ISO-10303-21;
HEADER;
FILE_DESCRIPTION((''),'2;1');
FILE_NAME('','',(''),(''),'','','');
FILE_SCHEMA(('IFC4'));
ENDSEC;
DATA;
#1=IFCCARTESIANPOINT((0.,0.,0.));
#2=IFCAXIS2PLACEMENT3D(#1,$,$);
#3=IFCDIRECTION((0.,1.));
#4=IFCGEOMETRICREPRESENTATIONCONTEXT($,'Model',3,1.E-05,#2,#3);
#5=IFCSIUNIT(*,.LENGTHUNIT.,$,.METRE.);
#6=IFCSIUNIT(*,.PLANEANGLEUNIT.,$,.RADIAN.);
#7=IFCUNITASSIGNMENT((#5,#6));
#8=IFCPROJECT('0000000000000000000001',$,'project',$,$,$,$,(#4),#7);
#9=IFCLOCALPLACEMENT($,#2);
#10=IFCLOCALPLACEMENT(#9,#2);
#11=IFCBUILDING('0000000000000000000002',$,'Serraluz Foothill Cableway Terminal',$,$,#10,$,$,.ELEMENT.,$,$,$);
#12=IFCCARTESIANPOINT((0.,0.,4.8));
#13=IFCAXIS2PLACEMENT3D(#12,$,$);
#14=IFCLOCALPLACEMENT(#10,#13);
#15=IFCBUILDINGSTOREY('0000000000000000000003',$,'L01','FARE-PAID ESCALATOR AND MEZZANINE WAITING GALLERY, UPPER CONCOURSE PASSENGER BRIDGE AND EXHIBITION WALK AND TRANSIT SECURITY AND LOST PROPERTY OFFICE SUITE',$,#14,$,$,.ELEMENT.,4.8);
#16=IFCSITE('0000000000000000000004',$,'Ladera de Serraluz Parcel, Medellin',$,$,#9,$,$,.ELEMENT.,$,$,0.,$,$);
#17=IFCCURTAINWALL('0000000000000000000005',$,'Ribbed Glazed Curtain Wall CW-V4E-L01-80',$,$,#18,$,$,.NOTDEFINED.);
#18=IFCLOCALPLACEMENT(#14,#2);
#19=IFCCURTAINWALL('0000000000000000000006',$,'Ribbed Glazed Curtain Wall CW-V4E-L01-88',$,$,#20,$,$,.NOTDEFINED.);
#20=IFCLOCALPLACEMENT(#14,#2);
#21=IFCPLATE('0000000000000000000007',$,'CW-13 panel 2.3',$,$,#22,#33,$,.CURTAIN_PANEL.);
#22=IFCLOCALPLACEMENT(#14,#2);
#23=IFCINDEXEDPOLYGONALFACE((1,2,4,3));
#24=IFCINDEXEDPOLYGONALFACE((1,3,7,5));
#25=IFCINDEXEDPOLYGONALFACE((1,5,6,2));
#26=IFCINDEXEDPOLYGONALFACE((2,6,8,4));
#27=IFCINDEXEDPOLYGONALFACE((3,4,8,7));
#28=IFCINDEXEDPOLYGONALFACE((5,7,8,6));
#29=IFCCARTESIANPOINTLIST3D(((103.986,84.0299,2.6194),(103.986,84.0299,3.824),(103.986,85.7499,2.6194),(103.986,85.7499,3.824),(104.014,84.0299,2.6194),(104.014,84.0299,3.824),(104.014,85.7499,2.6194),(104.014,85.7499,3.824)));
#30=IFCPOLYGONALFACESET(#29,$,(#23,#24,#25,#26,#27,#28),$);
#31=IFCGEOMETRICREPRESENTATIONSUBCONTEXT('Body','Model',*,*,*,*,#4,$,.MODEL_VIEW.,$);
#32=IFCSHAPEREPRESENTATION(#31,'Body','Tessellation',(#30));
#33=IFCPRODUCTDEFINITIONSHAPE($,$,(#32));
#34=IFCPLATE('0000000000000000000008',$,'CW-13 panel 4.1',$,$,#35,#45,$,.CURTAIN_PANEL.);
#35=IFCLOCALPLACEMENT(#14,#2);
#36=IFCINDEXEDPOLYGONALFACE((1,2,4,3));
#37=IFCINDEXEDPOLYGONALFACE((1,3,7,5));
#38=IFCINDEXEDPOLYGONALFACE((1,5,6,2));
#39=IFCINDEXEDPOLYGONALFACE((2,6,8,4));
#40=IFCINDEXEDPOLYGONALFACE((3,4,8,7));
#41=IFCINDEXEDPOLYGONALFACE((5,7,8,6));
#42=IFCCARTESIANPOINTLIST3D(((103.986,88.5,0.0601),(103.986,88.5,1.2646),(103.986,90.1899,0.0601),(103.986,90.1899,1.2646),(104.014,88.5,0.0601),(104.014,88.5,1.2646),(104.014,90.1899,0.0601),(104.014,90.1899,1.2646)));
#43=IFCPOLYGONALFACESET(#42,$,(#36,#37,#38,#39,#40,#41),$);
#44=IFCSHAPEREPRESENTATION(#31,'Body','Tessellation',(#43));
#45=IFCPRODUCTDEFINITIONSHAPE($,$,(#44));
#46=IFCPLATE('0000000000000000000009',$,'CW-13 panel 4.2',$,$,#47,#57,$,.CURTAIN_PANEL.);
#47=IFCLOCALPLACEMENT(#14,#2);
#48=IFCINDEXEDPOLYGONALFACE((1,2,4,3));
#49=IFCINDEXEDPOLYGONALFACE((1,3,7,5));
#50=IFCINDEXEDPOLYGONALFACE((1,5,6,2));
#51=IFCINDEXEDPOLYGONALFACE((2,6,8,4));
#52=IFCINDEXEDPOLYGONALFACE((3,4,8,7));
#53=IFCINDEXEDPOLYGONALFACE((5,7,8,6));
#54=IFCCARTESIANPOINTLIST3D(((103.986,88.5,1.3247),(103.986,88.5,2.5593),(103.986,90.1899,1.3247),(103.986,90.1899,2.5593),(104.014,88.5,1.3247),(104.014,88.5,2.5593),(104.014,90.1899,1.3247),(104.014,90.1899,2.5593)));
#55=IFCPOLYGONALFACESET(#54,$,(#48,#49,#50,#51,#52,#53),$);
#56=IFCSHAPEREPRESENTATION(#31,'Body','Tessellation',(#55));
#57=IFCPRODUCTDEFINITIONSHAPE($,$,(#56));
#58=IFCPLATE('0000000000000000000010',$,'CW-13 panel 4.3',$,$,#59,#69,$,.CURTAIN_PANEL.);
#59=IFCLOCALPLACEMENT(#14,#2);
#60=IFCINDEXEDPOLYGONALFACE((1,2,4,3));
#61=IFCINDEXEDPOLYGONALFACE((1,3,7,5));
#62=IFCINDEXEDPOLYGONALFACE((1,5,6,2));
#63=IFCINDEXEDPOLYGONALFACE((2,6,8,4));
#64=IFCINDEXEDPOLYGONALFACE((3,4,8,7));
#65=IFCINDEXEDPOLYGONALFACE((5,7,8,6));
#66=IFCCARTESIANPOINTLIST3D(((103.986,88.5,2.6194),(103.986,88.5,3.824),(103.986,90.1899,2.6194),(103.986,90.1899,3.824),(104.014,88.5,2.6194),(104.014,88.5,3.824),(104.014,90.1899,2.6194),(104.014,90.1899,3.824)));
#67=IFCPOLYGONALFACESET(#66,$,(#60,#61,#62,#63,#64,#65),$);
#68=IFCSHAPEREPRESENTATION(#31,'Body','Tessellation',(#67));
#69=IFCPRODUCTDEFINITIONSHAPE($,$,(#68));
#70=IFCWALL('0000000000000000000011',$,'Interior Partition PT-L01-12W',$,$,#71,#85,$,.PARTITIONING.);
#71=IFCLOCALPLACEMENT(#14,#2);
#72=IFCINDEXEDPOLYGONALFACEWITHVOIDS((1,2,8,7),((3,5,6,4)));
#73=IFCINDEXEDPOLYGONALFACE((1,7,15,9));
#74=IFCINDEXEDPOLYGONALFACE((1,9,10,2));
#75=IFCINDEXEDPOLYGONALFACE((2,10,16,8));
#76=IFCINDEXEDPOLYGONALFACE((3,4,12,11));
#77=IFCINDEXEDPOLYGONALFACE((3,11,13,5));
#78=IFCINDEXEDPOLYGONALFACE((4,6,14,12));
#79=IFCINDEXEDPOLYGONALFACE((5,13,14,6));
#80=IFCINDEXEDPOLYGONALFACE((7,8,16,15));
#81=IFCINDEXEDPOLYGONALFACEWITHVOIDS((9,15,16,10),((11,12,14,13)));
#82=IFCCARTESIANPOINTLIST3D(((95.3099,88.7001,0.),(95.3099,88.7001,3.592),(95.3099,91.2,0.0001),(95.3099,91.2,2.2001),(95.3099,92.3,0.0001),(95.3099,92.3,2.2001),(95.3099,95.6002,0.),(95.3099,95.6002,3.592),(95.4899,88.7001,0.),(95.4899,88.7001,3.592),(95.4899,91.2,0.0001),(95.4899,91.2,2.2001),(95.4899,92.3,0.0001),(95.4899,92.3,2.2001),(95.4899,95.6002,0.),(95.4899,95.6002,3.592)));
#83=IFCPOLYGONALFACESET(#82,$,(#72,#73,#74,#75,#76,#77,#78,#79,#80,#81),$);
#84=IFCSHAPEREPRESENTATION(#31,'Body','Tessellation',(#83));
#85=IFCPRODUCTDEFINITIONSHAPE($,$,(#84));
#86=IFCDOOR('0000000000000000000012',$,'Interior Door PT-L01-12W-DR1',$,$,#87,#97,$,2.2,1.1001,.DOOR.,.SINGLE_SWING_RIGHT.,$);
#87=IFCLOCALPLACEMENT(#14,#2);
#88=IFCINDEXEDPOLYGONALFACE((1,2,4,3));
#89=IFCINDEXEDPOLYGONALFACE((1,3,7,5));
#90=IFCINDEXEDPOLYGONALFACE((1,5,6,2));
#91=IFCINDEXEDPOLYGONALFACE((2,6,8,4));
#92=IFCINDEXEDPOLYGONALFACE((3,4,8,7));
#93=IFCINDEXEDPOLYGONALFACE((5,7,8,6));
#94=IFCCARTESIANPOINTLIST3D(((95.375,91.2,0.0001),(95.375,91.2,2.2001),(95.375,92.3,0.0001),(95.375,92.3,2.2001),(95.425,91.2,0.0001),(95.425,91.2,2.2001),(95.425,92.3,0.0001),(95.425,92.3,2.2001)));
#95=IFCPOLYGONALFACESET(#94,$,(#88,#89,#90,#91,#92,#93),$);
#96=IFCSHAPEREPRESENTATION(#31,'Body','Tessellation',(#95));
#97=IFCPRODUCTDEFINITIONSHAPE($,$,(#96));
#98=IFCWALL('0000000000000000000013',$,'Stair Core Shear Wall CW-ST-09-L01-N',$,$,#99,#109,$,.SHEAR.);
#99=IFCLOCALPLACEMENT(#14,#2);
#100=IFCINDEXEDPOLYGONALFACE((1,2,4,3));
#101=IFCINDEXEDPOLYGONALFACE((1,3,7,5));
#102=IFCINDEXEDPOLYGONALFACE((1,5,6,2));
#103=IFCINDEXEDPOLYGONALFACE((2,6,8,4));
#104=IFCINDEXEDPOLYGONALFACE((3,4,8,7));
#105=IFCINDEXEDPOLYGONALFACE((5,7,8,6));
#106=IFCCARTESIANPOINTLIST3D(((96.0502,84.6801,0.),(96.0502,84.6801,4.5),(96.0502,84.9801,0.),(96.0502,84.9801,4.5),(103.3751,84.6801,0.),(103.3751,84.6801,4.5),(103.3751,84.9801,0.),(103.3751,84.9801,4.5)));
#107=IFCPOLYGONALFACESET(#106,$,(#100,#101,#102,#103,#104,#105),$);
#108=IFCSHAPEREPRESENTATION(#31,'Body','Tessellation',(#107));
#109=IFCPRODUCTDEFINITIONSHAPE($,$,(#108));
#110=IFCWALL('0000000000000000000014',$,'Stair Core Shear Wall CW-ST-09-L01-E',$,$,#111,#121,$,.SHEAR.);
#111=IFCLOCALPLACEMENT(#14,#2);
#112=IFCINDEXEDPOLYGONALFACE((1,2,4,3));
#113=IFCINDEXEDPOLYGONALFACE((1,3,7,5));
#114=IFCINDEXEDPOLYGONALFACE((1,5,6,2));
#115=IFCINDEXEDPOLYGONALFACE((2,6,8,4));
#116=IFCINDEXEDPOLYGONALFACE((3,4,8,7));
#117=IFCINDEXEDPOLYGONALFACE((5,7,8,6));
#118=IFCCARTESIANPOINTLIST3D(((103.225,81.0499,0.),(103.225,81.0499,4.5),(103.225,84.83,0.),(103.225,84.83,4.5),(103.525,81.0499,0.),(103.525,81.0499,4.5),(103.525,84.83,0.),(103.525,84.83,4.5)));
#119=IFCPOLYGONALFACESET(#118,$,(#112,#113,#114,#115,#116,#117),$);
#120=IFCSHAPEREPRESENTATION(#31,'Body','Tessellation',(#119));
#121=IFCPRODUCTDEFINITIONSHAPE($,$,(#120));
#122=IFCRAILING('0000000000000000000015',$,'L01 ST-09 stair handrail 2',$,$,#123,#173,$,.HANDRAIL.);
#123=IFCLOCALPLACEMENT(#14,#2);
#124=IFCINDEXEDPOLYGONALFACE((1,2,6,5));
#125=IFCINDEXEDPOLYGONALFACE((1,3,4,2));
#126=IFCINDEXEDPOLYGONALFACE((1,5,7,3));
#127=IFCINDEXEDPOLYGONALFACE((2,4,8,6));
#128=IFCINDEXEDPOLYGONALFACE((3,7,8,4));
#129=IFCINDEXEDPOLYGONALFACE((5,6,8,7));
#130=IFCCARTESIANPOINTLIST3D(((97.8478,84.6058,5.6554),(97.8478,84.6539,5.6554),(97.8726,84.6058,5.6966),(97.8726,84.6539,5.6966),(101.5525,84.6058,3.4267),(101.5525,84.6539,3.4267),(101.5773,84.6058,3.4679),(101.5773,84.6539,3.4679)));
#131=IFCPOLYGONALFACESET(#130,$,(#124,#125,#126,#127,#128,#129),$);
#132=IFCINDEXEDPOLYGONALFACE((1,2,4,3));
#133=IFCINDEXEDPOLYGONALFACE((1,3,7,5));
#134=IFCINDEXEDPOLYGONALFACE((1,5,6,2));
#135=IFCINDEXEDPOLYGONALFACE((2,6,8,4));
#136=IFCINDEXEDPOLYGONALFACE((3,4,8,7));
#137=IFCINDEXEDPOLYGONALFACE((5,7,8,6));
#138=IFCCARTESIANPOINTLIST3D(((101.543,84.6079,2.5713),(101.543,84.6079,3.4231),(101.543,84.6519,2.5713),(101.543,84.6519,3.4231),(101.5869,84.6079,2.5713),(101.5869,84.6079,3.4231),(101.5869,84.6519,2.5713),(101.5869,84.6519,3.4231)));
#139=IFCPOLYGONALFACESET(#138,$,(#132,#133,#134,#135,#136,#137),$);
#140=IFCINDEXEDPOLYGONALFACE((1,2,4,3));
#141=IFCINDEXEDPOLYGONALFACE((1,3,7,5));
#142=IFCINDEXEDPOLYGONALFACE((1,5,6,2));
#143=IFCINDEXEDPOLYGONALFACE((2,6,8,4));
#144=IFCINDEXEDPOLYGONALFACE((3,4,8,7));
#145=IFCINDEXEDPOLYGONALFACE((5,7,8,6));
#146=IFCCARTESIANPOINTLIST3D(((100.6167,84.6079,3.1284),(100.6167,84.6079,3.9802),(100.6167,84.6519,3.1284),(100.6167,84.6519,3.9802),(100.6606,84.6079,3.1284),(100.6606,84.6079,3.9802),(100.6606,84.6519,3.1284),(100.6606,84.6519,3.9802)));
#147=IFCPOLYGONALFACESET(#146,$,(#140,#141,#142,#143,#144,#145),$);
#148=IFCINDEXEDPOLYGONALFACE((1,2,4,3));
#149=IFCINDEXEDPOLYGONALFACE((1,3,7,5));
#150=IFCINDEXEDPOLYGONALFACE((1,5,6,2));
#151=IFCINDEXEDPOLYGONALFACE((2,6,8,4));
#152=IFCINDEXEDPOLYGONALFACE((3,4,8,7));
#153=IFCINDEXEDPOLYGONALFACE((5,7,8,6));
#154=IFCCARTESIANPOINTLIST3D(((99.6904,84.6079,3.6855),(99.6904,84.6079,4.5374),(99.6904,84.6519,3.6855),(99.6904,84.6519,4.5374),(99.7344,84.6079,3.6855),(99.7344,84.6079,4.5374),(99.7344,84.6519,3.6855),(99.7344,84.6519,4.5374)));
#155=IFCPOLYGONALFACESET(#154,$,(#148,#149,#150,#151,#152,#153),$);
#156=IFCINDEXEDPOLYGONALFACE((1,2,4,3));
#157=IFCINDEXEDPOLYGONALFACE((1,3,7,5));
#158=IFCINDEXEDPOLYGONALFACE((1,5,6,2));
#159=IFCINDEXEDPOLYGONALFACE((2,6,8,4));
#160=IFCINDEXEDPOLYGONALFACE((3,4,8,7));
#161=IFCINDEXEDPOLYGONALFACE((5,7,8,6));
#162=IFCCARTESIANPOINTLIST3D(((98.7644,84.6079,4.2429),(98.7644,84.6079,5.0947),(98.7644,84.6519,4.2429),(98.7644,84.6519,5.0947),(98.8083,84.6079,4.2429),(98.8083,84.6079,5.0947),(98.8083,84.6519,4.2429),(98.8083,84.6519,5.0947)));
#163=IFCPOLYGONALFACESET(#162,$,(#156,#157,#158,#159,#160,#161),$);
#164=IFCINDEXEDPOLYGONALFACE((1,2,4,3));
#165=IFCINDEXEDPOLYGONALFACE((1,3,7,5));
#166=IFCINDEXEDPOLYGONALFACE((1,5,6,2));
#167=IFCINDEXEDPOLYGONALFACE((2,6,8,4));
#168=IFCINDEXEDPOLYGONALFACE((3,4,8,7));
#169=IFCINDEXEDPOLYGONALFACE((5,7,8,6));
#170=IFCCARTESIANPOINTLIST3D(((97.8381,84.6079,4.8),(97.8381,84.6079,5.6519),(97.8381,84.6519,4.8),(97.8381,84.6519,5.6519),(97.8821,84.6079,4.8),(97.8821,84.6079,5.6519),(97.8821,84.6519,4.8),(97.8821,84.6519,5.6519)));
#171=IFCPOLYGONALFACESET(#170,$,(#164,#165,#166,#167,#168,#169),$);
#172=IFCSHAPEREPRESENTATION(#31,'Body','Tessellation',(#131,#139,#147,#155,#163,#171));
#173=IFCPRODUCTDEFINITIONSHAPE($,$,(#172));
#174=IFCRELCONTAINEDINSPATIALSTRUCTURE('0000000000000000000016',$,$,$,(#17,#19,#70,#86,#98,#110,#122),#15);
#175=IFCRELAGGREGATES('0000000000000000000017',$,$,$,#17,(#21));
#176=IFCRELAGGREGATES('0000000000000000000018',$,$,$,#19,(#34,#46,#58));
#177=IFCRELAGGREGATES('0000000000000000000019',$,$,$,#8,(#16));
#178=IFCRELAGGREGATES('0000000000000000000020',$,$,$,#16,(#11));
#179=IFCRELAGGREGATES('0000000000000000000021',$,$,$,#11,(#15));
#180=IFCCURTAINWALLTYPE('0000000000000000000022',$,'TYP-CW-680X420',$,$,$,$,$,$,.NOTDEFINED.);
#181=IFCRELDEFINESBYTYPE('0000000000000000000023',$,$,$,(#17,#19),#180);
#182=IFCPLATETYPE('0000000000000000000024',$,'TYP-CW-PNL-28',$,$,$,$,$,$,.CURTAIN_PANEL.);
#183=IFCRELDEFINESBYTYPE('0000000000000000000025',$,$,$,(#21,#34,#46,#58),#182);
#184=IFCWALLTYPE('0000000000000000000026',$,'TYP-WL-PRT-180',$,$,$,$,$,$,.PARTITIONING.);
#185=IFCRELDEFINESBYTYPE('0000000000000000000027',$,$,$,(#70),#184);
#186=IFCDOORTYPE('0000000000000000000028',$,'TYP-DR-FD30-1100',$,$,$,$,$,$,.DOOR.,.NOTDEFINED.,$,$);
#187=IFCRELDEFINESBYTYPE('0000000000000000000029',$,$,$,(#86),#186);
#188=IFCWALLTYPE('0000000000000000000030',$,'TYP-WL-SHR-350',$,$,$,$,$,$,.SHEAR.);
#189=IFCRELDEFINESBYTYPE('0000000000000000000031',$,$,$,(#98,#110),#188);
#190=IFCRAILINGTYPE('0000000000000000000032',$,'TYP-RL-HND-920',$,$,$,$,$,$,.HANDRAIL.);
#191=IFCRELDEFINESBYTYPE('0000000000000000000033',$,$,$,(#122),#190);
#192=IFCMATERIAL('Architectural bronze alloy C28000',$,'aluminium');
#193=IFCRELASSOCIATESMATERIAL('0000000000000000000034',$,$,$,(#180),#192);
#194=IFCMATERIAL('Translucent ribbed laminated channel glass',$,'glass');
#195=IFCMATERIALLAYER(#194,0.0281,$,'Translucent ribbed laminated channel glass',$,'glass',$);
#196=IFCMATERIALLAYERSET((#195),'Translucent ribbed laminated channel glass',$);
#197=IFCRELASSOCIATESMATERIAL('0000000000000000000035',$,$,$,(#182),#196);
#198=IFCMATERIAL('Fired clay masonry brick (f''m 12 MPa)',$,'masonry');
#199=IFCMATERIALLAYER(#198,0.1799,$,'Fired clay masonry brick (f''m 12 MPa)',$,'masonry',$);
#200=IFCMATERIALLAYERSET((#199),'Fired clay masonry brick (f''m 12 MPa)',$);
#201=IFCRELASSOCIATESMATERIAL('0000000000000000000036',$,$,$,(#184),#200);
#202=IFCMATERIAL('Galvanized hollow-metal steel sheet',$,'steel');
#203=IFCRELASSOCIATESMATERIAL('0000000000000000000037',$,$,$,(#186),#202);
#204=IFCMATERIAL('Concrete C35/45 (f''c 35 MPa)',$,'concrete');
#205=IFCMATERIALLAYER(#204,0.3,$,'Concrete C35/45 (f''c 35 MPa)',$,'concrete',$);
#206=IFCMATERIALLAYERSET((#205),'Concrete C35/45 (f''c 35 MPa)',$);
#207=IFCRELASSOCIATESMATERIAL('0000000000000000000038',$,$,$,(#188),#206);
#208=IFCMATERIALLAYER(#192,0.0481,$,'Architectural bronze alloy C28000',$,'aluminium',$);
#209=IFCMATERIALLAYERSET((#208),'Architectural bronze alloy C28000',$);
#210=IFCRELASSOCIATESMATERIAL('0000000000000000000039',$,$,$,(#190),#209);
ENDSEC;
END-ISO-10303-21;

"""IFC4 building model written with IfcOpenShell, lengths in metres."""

from ifc_helpers import new_model, si_unit, direction, frame, frame_2d, origin, origin_2d, place, context, subcontext, project, spatial, rectangle, extrude, material, layer, layer_set, type_object, element, fill, aggregate, save


model = new_model("IFC4")

# Units and contexts
model_context = context("Model", 3, precision=1e-05, world=origin(), true_north=direction((0.0, 1.0)))
body_context = subcontext(model_context, "Body", "Model", "MODEL_VIEW")
ifc_project = project(units=[si_unit("LENGTHUNIT", "METRE"), si_unit("PLANEANGLEUNIT", "RADIAN")], contexts=[model_context])

# Site, building, storey
site_placement = place(None, origin())
site = spatial("IfcSite", under=ifc_project, at=site_placement, Name="Ladera de Serraluz Parcel, Medellin", CompositionType="ELEMENT", RefElevation=0.0)
building_placement = place(site_placement, origin())
building = spatial("IfcBuilding", under=site, at=building_placement, Name="Serraluz Foothill Cableway Terminal", CompositionType="ELEMENT")
storey_placement = place(building_placement, frame((0.0, 0.0, 4.8)))
storey = spatial("IfcBuildingStorey", under=building, at=storey_placement, Name="L01", Description="FARE-PAID ESCALATOR AND MEZZANINE WAITING GALLERY, UPPER CONCOURSE PASSENGER BRIDGE AND EXHIBITION WALK AND TRANSIT SECURITY AND LOST PROPERTY OFFICE SUITE", CompositionType="ELEMENT", Elevation=4.8)

# Shared definitions
ifc_material_1 = material(Name="Concrete C35/45 (f'c 35 MPa)", Category="concrete")

# Curtain wall
ifc_material_2 = material(Name="Architectural bronze alloy C28000", Category="aluminium")
curtain_wall_type = type_object("IfcCurtainWallType", Name="TYP-CW-680X420", PredefinedType="NOTDEFINED", material=ifc_material_2)
curtain_wall_1_placement = place(storey_placement, origin())
curtain_wall_1 = element("IfcCurtainWall", 1, at=curtain_wall_1_placement, inside=storey, type_object=curtain_wall_type, Name="Ribbed Glazed Curtain Wall CW-V4E-L01-80", PredefinedType="NOTDEFINED")

# Curtain wall
curtain_wall_2_placement = place(storey_placement, origin())
curtain_wall_2 = element("IfcCurtainWall", 2, at=curtain_wall_2_placement, inside=storey, type_object=curtain_wall_type, Name="Ribbed Glazed Curtain Wall CW-V4E-L01-88", PredefinedType="NOTDEFINED")

# Plates
ifc_material_3 = material(Name="Translucent ribbed laminated channel glass", Category="glass")
ifc_layer_1 = layer(ifc_material_3, 0.0281, Name="Translucent ribbed laminated channel glass", Category="glass")
ifc_layer_set_1 = layer_set([ifc_layer_1], Name="Translucent ribbed laminated channel glass")
plate_type = type_object("IfcPlateType", Name="TYP-CW-PNL-28", PredefinedType="CURTAIN_PANEL", material=ifc_layer_set_1)
plate_1_placement = place(storey_placement, frame((104.0, 84.8899, 2.6194), z_axis=(0.0, 0.0, 1.0), x_axis=(0.0, -1.0, 0.0)))
plate_1 = element("IfcPlate", 3, at=plate_1_placement, type_object=plate_type, Name="CW-13 panel 2.3", PredefinedType="CURTAIN_PANEL", context=body_context, shape_type="SweptSolid", body=[
    extrude(rectangle(XDim=1.72, YDim=0.0281, at=origin_2d()), origin(), (0.0, 0.0, 1.0), 1.2046),
])
aggregate(curtain_wall_1, [plate_1])
plate_2_placement = place(storey_placement, frame((104.0, 89.345, 0.0601), z_axis=(0.0, 0.0, 1.0), x_axis=(0.0, -1.0, 0.0)))
plate_2 = element("IfcPlate", 4, at=plate_2_placement, type_object=plate_type, Name="CW-13 panel 4.1", PredefinedType="CURTAIN_PANEL", context=body_context, shape_type="SweptSolid", body=[
    extrude(rectangle(XDim=1.6899, YDim=0.0281, at=origin_2d()), origin(), (0.0, 0.0, 1.0), 1.2046),
])
plate_3_placement = place(storey_placement, frame((104.0, 89.345, 1.3247), z_axis=(0.0, 0.0, 1.0), x_axis=(0.0, -1.0, 0.0)))
plate_3 = element("IfcPlate", 5, at=plate_3_placement, type_object=plate_type, Name="CW-13 panel 4.2", PredefinedType="CURTAIN_PANEL", context=body_context, shape_type="SweptSolid", body=[
    extrude(rectangle(XDim=1.6899, YDim=0.0281, at=origin_2d()), origin(), (0.0, 0.0, 1.0), 1.2346),
])
plate_4_placement = place(storey_placement, frame((104.0, 89.345, 2.6194), z_axis=(0.0, 0.0, 1.0), x_axis=(0.0, -1.0, 0.0)))
plate_4 = element("IfcPlate", 6, at=plate_4_placement, type_object=plate_type, Name="CW-13 panel 4.3", PredefinedType="CURTAIN_PANEL", context=body_context, shape_type="SweptSolid", body=[
    extrude(rectangle(XDim=1.6899, YDim=0.0281, at=origin_2d()), origin(), (0.0, 0.0, 1.0), 1.2046),
])
aggregate(curtain_wall_2, [plate_2, plate_3, plate_4])

# Wall, opening, door
ifc_material_4 = material(Name="Fired clay masonry brick (f'm 12 MPa)", Category="masonry")
ifc_layer_2 = layer(ifc_material_4, 0.1799, Name="Fired clay masonry brick (f'm 12 MPa)", Category="masonry")
ifc_layer_set_2 = layer_set([ifc_layer_2], Name="Fired clay masonry brick (f'm 12 MPa)")
wall_type_1 = type_object("IfcWallType", Name="TYP-WL-PRT-180", PredefinedType="PARTITIONING", material=ifc_layer_set_2)
wall_1_placement = place(storey_placement, frame((95.3999, 88.7, 0.0), z_axis=(0.0, 0.0, 1.0), x_axis=(0.0, 1.0, 0.0)))
wall_1 = element("IfcWall", 7, at=wall_1_placement, inside=storey, type_object=wall_type_1, Name="Interior Partition PT-L01-12W", PredefinedType="PARTITIONING", context=body_context, shape_type="SweptSolid", body=[
    extrude(rectangle(XDim=6.9001, YDim=0.1799, at=frame_2d((3.4502, 0.0))), origin(), (0.0, 0.0, 1.0), 3.592),
])
opening_placement = place(wall_1_placement, frame((2.5, 0.0, 0.0)))
opening = element("IfcOpeningElement", 8, at=opening_placement, cuts=wall_1, PredefinedType="OPENING", context=body_context, shape_type="SweptSolid", body=[
    extrude(rectangle(XDim=1.1001, YDim=2.2, at=frame_2d((0.55, 1.1001))), frame((0.0, 0.1001, 0.0), z_axis=(0.0, -1.0, 0.0), x_axis=(1.0, 0.0, 0.0)), (0.0, 0.0, 1.0), 0.2),
])
ifc_material_5 = material(Name="Galvanized hollow-metal steel sheet", Category="steel")
door_type = type_object("IfcDoorType", Name="TYP-DR-FD30-1100", OperationType="NOTDEFINED", PredefinedType="DOOR", material=ifc_material_5)
door_placement = place(opening_placement, origin())
door = element("IfcDoor", 9, at=door_placement, inside=storey, type_object=door_type, Name="Interior Door PT-L01-12W-DR1", OperationType="SINGLE_SWING_RIGHT", OverallHeight=2.2, OverallWidth=1.1001, PredefinedType="DOOR", context=body_context, shape_type="SweptSolid", body=[
    extrude(rectangle(XDim=1.1001, YDim=2.2, at=frame_2d((0.55, 1.1001))), frame((0.0, 0.0249, 0.0), z_axis=(0.0, -1.0, 0.0), x_axis=(1.0, 0.0, 0.0)), (0.0, 0.0, 1.0), 0.05),
])
fill(opening, door)

# Walls
ifc_layer_3 = layer(ifc_material_1, 0.3, Name="Concrete C35/45 (f'c 35 MPa)", Category="concrete")
ifc_layer_set_3 = layer_set([ifc_layer_3], Name="Concrete C35/45 (f'c 35 MPa)")
wall_type_2 = type_object("IfcWallType", Name="TYP-WL-SHR-350", PredefinedType="SHEAR", material=ifc_layer_set_3)
wall_2_placement = place(storey_placement, frame((96.05, 84.8301, 0.0), z_axis=(0.0, 0.0, 1.0), x_axis=(1.0, 0.0, 0.0)))
element("IfcWall", 10, at=wall_2_placement, inside=storey, type_object=wall_type_2, Name="Stair Core Shear Wall CW-ST-09-L01-N", PredefinedType="SHEAR", context=body_context, shape_type="SweptSolid", body=[
    extrude(rectangle(XDim=7.325, YDim=0.3, at=frame_2d((3.6626, 0.0))), origin(), (0.0, 0.0, 1.0), 4.5),
])
wall_3_placement = place(storey_placement, frame((103.375, 84.8301, 0.0), z_axis=(0.0, 0.0, 1.0), x_axis=(0.0, -1.0, 0.0)))
element("IfcWall", 11, at=wall_3_placement, inside=storey, type_object=wall_type_2, Name="Stair Core Shear Wall CW-ST-09-L01-E", PredefinedType="SHEAR", context=body_context, shape_type="SweptSolid", body=[
    extrude(rectangle(XDim=3.78, YDim=0.3, at=frame_2d((1.8901, 0.0))), origin(), (0.0, 0.0, 1.0), 4.5),
])

# Railing
ifc_layer_4 = layer(ifc_material_2, 0.0481, Name="Architectural bronze alloy C28000", Category="aluminium")
ifc_layer_set_4 = layer_set([ifc_layer_4], Name="Architectural bronze alloy C28000")
railing_type = type_object("IfcRailingType", Name="TYP-RL-HND-920", PredefinedType="HANDRAIL", material=ifc_layer_set_4)
railing_placement = place(storey_placement, frame((101.5649, 84.6299, 2.5713)))
element("IfcRailing", 12, at=railing_placement, inside=storey, type_object=railing_type, Name="L01 ST-09 stair handrail 2", PredefinedType="HANDRAIL", context=body_context, shape_type="SweptSolid", body=[
    extrude(rectangle(XDim=0.0481, YDim=0.0481, at=origin_2d()), frame((0.0, 0.0, 0.876), z_axis=(-0.856894, 0.0, 0.515492), x_axis=(0.0, -1.0, 0.0)), (0.0, 0.0, 1.0), 4.3235),
    extrude(rectangle(XDim=0.0439, YDim=0.0439, at=origin_2d()), origin(), (0.0, 0.0, 1.0), 0.8518),
    extrude(rectangle(XDim=0.0439, YDim=0.0439, at=origin_2d()), frame((-0.9263, 0.0, 0.5571)), (0.0, 0.0, 1.0), 0.8518),
    extrude(rectangle(XDim=0.0439, YDim=0.0439, at=origin_2d()), frame((-1.8525, 0.0, 1.1143)), (0.0, 0.0, 1.0), 0.8518),
    extrude(rectangle(XDim=0.0439, YDim=0.0439, at=origin_2d()), frame((-2.7786, 0.0, 1.6716)), (0.0, 0.0, 1.0), 0.8518),
    extrude(rectangle(XDim=0.0439, YDim=0.0439, at=origin_2d()), frame((-3.7048, 0.0, 2.2288)), (0.0, 0.0, 1.0), 0.8518),
])

save(model, "model.ifc")
